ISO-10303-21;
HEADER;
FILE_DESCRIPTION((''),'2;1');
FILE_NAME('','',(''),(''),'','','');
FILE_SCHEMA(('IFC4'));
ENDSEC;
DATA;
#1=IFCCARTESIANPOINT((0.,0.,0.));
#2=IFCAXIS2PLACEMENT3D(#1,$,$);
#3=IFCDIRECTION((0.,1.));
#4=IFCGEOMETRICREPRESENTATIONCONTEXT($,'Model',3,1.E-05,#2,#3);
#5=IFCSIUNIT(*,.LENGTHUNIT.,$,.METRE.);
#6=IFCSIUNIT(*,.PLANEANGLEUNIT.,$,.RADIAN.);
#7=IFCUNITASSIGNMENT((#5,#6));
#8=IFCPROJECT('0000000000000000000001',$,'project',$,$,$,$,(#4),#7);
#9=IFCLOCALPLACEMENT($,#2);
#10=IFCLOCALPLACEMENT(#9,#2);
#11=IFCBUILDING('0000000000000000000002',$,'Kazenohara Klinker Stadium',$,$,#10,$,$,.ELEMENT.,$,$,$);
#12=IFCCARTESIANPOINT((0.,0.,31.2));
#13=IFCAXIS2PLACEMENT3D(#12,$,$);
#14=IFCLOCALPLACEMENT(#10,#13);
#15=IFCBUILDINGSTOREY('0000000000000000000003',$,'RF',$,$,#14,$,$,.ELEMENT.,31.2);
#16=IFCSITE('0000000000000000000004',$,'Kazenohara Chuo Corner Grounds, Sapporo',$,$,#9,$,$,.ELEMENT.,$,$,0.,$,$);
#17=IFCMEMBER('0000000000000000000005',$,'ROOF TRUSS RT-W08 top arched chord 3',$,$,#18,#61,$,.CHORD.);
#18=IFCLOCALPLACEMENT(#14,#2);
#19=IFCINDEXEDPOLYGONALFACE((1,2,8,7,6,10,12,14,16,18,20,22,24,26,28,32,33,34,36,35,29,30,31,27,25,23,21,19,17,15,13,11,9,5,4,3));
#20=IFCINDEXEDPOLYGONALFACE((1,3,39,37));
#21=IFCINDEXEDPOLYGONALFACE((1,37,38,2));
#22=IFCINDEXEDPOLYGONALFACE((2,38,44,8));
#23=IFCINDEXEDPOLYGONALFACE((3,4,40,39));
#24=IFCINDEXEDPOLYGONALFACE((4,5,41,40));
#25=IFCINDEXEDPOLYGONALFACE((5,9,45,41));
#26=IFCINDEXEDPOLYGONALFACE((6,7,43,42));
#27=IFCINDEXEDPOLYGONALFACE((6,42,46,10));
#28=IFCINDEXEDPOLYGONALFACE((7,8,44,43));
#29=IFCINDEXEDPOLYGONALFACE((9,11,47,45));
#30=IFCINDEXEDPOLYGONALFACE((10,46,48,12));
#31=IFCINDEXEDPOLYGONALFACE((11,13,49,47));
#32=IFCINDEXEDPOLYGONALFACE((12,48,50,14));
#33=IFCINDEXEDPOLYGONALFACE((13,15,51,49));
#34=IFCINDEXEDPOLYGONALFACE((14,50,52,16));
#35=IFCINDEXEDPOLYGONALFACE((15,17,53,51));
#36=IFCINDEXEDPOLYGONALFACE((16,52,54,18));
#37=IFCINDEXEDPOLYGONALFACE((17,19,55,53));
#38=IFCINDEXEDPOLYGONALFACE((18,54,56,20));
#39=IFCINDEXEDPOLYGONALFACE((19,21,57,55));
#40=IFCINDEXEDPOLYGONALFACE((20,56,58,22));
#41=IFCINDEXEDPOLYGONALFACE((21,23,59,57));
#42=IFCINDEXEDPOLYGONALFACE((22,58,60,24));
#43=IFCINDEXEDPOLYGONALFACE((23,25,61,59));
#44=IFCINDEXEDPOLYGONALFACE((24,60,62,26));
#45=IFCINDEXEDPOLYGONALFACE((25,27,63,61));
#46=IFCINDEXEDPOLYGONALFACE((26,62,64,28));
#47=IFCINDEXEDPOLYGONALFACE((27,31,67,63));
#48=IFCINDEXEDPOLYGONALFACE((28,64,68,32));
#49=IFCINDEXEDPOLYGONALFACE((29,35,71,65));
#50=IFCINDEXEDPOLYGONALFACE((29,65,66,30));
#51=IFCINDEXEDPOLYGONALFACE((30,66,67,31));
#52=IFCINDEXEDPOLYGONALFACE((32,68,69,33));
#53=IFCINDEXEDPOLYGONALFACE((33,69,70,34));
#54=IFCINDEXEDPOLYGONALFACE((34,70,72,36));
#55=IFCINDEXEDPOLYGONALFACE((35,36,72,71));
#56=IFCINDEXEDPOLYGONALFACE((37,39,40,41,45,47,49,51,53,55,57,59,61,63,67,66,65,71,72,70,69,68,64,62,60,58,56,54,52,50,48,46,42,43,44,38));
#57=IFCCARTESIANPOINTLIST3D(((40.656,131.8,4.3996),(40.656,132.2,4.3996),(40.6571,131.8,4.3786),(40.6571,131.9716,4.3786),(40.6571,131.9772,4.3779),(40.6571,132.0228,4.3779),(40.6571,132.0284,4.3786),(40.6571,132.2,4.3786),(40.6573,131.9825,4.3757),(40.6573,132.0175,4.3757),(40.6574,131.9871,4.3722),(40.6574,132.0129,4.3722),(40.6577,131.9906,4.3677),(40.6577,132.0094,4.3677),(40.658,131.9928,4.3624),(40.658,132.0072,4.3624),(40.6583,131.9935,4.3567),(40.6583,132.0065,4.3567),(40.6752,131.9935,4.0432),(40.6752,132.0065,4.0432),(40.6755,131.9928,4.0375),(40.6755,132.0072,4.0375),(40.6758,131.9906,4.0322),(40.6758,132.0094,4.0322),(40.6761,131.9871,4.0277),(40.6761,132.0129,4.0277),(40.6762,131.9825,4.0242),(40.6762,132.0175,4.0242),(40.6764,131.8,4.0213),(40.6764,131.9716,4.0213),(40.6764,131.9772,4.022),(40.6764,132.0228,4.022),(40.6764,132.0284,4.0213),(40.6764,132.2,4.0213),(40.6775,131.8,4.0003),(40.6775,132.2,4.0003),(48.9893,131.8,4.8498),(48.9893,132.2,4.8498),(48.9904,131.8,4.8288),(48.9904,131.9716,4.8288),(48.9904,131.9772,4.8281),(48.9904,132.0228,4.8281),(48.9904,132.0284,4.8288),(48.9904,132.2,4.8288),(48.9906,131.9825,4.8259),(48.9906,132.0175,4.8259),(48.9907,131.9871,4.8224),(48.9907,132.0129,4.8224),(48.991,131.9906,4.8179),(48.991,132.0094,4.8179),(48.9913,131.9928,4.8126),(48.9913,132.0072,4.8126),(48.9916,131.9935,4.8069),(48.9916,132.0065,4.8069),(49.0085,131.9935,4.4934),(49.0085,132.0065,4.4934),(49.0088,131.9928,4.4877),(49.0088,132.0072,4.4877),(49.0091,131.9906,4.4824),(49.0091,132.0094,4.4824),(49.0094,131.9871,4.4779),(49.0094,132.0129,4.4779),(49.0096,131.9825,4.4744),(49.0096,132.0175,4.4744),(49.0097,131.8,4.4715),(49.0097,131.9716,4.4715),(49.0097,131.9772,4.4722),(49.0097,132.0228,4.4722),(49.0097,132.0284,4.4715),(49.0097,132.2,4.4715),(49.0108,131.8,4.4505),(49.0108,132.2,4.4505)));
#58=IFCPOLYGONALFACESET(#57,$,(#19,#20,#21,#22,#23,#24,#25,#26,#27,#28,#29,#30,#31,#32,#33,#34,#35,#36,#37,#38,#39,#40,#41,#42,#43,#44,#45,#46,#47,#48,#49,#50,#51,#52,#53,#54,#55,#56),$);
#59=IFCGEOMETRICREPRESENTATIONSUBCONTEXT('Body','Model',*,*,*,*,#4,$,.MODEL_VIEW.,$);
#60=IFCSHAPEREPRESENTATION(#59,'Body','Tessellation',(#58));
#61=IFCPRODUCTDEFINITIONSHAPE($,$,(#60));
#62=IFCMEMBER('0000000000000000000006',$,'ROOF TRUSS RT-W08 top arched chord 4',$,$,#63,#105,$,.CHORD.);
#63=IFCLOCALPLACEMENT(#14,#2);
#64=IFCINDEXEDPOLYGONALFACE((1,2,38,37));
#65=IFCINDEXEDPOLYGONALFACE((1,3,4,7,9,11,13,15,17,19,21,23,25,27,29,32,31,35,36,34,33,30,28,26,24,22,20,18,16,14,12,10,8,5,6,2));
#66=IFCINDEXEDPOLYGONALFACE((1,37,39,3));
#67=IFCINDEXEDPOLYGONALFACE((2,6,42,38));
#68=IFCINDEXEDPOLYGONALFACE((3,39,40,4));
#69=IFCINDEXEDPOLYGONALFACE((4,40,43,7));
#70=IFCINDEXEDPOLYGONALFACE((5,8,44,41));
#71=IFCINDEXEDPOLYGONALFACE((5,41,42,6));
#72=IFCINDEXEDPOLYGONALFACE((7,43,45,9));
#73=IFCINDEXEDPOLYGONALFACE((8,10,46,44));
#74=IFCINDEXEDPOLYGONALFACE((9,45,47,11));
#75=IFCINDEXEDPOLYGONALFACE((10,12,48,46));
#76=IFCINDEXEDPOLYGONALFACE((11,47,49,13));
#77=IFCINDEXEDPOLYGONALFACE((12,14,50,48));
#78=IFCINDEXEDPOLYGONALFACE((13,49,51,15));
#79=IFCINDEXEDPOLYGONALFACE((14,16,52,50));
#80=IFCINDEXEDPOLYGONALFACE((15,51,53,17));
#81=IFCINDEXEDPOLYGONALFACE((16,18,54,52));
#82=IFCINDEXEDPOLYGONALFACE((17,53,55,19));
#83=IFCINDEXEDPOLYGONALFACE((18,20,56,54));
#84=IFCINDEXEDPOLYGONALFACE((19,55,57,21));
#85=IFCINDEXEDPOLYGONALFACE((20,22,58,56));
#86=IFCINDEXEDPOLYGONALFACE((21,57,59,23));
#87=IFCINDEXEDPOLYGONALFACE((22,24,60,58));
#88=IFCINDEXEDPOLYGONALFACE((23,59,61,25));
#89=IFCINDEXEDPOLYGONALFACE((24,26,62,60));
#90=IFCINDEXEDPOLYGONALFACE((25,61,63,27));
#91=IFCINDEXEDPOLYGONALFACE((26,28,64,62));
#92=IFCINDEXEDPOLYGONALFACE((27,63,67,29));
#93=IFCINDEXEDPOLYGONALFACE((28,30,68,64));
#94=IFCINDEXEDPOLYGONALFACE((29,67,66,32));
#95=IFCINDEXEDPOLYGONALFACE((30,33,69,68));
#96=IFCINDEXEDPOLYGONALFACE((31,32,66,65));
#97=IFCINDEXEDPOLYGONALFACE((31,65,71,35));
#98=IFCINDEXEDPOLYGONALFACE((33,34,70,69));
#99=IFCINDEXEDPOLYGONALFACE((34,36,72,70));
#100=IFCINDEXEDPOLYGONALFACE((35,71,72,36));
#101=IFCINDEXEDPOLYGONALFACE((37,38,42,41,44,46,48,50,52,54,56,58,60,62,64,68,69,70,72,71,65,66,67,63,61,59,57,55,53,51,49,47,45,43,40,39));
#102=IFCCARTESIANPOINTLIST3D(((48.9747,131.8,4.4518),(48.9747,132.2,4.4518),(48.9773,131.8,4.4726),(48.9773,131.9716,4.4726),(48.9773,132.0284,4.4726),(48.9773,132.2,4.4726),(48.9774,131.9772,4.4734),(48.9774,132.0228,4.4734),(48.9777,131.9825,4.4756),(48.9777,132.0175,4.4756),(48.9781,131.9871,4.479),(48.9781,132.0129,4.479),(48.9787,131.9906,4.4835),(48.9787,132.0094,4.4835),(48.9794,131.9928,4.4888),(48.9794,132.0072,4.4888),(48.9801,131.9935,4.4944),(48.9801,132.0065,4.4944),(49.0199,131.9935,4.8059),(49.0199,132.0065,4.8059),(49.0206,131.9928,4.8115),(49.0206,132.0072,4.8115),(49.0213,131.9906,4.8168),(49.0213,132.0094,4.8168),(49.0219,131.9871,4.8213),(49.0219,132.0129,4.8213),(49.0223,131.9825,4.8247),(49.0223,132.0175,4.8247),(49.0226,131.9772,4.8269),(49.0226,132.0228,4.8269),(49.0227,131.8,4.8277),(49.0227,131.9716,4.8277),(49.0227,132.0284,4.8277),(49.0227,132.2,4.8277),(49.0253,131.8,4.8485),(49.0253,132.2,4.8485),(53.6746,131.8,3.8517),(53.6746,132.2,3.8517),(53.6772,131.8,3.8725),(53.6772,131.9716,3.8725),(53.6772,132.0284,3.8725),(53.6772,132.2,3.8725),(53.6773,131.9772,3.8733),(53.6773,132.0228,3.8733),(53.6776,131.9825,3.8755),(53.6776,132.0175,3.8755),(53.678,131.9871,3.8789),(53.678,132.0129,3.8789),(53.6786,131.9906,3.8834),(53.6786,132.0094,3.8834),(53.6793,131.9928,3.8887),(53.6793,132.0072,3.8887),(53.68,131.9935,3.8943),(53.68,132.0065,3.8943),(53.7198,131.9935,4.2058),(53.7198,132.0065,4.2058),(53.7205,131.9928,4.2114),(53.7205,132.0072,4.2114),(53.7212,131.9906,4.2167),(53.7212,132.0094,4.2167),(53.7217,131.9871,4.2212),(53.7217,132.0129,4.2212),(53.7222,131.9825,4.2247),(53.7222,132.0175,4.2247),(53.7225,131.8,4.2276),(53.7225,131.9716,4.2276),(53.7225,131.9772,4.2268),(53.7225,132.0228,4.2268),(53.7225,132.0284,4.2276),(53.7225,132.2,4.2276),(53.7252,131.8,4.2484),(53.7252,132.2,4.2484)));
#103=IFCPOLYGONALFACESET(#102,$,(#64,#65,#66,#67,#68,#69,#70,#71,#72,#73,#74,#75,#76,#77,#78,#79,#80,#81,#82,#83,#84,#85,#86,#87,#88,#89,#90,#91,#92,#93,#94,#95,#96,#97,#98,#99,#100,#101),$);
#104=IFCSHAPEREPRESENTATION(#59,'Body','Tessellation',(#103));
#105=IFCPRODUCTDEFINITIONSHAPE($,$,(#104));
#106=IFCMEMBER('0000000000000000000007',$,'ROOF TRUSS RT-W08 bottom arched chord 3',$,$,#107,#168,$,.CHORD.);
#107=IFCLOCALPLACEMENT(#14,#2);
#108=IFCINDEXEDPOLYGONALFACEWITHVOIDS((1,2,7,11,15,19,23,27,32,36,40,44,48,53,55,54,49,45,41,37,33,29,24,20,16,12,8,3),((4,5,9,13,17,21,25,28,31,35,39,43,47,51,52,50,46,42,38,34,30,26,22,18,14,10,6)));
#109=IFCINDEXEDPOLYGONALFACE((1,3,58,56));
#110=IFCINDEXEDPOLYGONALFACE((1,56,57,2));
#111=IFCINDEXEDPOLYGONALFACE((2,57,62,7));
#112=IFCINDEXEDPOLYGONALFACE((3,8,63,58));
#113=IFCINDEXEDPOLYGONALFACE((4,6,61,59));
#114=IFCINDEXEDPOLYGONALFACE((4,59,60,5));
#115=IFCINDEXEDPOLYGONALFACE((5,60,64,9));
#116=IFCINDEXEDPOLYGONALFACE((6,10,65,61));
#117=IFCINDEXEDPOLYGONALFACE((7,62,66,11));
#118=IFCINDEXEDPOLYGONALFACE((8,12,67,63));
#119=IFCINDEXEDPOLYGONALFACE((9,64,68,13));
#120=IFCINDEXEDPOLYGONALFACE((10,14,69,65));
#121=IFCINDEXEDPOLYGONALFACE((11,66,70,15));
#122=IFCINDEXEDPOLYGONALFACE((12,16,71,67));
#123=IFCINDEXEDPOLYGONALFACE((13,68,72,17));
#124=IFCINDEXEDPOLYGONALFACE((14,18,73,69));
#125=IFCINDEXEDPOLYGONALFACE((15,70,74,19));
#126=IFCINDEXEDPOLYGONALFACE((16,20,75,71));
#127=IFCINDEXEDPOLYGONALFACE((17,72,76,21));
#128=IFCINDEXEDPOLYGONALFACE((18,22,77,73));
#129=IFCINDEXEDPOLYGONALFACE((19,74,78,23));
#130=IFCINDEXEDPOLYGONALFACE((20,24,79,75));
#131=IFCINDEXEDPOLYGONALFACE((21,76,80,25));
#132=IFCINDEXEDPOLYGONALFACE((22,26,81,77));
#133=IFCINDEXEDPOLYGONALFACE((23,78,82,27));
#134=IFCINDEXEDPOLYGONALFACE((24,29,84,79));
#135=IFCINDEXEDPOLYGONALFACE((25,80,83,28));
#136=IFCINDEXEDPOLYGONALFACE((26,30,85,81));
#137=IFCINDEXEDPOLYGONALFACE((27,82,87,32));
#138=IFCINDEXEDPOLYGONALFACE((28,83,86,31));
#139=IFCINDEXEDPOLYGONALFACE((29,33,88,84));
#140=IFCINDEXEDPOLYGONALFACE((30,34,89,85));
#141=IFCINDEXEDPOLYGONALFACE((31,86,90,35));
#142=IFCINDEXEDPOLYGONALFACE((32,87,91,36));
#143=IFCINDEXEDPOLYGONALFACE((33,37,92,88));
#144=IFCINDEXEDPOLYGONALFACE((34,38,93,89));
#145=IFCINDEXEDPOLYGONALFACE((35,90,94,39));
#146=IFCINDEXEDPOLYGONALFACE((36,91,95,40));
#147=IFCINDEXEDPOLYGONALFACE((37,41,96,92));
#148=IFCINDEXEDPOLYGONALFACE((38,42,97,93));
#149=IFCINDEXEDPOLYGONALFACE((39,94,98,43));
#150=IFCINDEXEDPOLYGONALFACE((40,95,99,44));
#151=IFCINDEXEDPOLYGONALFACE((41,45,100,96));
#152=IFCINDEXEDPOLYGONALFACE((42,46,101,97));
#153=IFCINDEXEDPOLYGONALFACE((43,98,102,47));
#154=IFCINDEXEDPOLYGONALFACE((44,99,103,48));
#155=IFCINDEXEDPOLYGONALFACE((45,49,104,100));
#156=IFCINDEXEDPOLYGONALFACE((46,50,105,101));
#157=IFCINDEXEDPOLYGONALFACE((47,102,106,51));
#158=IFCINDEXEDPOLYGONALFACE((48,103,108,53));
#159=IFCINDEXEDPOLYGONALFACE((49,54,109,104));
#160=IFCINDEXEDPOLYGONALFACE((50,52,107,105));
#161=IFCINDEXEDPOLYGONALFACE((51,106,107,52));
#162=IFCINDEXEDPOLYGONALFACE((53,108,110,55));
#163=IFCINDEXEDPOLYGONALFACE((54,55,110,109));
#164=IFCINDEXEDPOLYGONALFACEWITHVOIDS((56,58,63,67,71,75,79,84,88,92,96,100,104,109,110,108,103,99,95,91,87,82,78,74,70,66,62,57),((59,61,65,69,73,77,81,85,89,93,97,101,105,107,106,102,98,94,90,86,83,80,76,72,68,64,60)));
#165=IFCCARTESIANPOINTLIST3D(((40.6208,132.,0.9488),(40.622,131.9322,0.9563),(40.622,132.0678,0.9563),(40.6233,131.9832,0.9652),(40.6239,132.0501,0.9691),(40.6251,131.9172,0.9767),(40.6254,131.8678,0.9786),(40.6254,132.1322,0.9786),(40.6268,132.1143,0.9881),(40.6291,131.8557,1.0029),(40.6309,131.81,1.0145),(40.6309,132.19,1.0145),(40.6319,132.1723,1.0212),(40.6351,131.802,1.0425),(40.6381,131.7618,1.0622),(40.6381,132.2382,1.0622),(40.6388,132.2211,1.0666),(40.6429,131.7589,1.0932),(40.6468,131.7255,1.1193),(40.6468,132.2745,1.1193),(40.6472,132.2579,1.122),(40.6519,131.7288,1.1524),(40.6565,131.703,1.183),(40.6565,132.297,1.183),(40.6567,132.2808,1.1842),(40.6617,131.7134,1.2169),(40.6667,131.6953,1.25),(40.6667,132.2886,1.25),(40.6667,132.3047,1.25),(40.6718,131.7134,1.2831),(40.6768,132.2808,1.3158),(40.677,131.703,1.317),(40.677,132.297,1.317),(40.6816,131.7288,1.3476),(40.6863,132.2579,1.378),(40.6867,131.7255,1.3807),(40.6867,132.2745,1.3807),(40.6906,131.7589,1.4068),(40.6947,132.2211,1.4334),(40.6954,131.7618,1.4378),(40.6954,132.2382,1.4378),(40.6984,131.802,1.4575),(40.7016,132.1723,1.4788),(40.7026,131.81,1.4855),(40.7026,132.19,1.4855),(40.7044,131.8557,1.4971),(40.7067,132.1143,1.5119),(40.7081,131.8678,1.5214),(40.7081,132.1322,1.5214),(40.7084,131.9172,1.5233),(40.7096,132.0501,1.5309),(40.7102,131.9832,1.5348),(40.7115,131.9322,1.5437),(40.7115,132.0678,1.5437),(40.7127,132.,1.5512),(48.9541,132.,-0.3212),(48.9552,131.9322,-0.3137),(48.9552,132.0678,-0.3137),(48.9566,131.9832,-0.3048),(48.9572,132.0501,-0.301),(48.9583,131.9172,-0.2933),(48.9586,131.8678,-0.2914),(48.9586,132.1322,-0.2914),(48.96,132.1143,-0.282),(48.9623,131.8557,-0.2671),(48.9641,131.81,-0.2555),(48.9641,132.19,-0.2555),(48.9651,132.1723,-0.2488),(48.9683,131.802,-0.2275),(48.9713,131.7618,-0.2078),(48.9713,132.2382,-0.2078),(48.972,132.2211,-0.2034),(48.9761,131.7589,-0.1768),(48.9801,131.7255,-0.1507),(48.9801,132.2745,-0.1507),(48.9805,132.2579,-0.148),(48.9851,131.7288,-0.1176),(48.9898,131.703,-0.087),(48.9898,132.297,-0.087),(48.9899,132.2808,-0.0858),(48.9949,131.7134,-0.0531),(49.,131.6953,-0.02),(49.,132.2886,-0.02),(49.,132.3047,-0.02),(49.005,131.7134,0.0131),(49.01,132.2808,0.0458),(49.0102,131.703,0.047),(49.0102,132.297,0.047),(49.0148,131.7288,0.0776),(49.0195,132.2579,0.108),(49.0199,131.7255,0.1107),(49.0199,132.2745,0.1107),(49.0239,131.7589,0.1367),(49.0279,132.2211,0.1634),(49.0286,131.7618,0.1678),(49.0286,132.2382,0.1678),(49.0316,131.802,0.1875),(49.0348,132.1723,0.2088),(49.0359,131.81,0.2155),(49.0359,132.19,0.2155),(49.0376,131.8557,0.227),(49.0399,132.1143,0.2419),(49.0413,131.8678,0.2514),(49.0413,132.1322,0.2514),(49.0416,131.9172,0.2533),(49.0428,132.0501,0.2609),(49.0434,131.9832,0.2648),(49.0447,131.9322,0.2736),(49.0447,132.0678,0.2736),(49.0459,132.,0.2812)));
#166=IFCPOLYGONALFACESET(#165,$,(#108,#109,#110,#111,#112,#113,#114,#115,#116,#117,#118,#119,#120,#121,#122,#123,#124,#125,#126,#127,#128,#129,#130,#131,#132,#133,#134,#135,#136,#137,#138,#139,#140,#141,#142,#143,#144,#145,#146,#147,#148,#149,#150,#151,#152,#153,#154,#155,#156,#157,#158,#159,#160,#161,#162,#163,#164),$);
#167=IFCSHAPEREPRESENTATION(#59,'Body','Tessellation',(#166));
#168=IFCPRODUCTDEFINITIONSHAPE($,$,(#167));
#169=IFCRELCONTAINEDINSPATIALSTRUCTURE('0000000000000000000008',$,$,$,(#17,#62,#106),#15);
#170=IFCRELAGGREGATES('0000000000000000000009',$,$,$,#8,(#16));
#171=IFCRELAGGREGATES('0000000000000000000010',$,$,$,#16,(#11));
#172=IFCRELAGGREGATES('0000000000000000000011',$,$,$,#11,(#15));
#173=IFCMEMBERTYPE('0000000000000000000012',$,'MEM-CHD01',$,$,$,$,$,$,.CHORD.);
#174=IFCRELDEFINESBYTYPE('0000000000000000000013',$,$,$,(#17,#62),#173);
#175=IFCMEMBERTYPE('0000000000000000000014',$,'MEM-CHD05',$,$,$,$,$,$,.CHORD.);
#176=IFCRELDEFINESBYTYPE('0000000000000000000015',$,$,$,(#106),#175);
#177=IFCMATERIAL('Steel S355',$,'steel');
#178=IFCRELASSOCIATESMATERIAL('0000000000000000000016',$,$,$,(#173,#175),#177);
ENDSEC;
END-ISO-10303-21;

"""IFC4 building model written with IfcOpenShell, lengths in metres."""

from ifc_helpers import new_model, si_unit, direction, frame, origin, origin_2d, place, context, subcontext, project, spatial, hollow_circle, i_section, extrude, material, material_profile, profile_set, type_object, element, save


model = new_model("IFC4")

# Units and contexts
model_context = context("Model", 3, precision=1e-05, world=origin(), true_north=direction((0.0, 1.0)))
body_context = subcontext(model_context, "Body", "Model", "MODEL_VIEW")
ifc_project = project(units=[si_unit("LENGTHUNIT", "METRE"), si_unit("PLANEANGLEUNIT", "RADIAN")], contexts=[model_context])

# Site, building, storey
site_placement = place(None, origin())
site = spatial("IfcSite", under=ifc_project, at=site_placement, Name="Kazenohara Chuo Corner Grounds, Sapporo", CompositionType="ELEMENT", RefElevation=0.0)
building_placement = place(site_placement, origin())
building = spatial("IfcBuilding", under=site, at=building_placement, Name="Kazenohara Klinker Stadium", CompositionType="ELEMENT")
storey_placement = place(building_placement, frame((0.0, 0.0, 31.2)))
storey = spatial("IfcBuildingStorey", under=building, at=storey_placement, Name="RF", CompositionType="ELEMENT", Elevation=31.2)

# Members
ifc_material_1 = material(Name="Steel S355", Category="steel")
ifc_material_profile_1 = material_profile(ifc_material_1, i_section(OverallWidth=0.3999, OverallDepth=0.3999, WebThickness=0.0129, FlangeThickness=0.021, FilletRadius=0.022, at=origin_2d()), Name="H-400x400x13x21")
ifc_profile_set_1 = profile_set([ifc_material_profile_1], Name="Steel S355")
member_type_1 = type_object("IfcMemberType", Name="MEM-CHD01", PredefinedType="CHORD", material=ifc_profile_set_1)
member_1_placement = place(storey_placement, frame((40.6667, 132.0, 4.2), z_axis=(0.998544, 0.0, 0.053945), x_axis=(0.0, 1.0, 0.0)))
element("IfcMember", 1, at=member_1_placement, inside=storey, type_object=member_type_1, Name="ROOF TRUSS RT-W08 top arched chord 3", PredefinedType="CHORD", context=body_context, shape_type="SweptSolid", body=[
    extrude(i_section(OverallWidth=0.3999, OverallDepth=0.3999, WebThickness=0.0129, FlangeThickness=0.021, FilletRadius=0.022, at=origin_2d()), origin(), (0.0, 0.0, 1.0), 8.3455),
])
member_2_placement = place(storey_placement, frame((49.0, 132.0, 4.6501), z_axis=(0.991947, 0.0, -0.126653), x_axis=(0.0, 1.0, 0.0)))
element("IfcMember", 2, at=member_2_placement, inside=storey, type_object=member_type_1, Name="ROOF TRUSS RT-W08 top arched chord 4", PredefinedType="CHORD", context=body_context, shape_type="SweptSolid", body=[
    extrude(i_section(OverallWidth=0.3999, OverallDepth=0.3999, WebThickness=0.0129, FlangeThickness=0.021, FilletRadius=0.022, at=origin_2d()), origin(), (0.0, 0.0, 1.0), 4.738),
])
ifc_material_profile_2 = material_profile(ifc_material_1, hollow_circle(Radius=0.3047, WallThickness=0.0161, at=origin_2d()), Name="CHS-609.6x16")
ifc_profile_set_2 = profile_set([ifc_material_profile_2], Name="Steel S355")
member_type_2 = type_object("IfcMemberType", Name="MEM-CHD05", PredefinedType="CHORD", material=ifc_profile_set_2)
member_3_placement = place(storey_placement, frame((40.6667, 132.0, 1.25), z_axis=(0.988585, 0.0, -0.150664), x_axis=(0.0, 1.0, 0.0)))
element("IfcMember", 3, at=member_3_placement, inside=storey, type_object=member_type_2, Name="ROOF TRUSS RT-W08 bottom arched chord 3", PredefinedType="CHORD", context=body_context, shape_type="SweptSolid", body=[
    extrude(hollow_circle(Radius=0.3047, WallThickness=0.0161, at=origin_2d()), origin(), (0.0, 0.0, 1.0), 8.4294),
])

save(model, "model.ifc")
